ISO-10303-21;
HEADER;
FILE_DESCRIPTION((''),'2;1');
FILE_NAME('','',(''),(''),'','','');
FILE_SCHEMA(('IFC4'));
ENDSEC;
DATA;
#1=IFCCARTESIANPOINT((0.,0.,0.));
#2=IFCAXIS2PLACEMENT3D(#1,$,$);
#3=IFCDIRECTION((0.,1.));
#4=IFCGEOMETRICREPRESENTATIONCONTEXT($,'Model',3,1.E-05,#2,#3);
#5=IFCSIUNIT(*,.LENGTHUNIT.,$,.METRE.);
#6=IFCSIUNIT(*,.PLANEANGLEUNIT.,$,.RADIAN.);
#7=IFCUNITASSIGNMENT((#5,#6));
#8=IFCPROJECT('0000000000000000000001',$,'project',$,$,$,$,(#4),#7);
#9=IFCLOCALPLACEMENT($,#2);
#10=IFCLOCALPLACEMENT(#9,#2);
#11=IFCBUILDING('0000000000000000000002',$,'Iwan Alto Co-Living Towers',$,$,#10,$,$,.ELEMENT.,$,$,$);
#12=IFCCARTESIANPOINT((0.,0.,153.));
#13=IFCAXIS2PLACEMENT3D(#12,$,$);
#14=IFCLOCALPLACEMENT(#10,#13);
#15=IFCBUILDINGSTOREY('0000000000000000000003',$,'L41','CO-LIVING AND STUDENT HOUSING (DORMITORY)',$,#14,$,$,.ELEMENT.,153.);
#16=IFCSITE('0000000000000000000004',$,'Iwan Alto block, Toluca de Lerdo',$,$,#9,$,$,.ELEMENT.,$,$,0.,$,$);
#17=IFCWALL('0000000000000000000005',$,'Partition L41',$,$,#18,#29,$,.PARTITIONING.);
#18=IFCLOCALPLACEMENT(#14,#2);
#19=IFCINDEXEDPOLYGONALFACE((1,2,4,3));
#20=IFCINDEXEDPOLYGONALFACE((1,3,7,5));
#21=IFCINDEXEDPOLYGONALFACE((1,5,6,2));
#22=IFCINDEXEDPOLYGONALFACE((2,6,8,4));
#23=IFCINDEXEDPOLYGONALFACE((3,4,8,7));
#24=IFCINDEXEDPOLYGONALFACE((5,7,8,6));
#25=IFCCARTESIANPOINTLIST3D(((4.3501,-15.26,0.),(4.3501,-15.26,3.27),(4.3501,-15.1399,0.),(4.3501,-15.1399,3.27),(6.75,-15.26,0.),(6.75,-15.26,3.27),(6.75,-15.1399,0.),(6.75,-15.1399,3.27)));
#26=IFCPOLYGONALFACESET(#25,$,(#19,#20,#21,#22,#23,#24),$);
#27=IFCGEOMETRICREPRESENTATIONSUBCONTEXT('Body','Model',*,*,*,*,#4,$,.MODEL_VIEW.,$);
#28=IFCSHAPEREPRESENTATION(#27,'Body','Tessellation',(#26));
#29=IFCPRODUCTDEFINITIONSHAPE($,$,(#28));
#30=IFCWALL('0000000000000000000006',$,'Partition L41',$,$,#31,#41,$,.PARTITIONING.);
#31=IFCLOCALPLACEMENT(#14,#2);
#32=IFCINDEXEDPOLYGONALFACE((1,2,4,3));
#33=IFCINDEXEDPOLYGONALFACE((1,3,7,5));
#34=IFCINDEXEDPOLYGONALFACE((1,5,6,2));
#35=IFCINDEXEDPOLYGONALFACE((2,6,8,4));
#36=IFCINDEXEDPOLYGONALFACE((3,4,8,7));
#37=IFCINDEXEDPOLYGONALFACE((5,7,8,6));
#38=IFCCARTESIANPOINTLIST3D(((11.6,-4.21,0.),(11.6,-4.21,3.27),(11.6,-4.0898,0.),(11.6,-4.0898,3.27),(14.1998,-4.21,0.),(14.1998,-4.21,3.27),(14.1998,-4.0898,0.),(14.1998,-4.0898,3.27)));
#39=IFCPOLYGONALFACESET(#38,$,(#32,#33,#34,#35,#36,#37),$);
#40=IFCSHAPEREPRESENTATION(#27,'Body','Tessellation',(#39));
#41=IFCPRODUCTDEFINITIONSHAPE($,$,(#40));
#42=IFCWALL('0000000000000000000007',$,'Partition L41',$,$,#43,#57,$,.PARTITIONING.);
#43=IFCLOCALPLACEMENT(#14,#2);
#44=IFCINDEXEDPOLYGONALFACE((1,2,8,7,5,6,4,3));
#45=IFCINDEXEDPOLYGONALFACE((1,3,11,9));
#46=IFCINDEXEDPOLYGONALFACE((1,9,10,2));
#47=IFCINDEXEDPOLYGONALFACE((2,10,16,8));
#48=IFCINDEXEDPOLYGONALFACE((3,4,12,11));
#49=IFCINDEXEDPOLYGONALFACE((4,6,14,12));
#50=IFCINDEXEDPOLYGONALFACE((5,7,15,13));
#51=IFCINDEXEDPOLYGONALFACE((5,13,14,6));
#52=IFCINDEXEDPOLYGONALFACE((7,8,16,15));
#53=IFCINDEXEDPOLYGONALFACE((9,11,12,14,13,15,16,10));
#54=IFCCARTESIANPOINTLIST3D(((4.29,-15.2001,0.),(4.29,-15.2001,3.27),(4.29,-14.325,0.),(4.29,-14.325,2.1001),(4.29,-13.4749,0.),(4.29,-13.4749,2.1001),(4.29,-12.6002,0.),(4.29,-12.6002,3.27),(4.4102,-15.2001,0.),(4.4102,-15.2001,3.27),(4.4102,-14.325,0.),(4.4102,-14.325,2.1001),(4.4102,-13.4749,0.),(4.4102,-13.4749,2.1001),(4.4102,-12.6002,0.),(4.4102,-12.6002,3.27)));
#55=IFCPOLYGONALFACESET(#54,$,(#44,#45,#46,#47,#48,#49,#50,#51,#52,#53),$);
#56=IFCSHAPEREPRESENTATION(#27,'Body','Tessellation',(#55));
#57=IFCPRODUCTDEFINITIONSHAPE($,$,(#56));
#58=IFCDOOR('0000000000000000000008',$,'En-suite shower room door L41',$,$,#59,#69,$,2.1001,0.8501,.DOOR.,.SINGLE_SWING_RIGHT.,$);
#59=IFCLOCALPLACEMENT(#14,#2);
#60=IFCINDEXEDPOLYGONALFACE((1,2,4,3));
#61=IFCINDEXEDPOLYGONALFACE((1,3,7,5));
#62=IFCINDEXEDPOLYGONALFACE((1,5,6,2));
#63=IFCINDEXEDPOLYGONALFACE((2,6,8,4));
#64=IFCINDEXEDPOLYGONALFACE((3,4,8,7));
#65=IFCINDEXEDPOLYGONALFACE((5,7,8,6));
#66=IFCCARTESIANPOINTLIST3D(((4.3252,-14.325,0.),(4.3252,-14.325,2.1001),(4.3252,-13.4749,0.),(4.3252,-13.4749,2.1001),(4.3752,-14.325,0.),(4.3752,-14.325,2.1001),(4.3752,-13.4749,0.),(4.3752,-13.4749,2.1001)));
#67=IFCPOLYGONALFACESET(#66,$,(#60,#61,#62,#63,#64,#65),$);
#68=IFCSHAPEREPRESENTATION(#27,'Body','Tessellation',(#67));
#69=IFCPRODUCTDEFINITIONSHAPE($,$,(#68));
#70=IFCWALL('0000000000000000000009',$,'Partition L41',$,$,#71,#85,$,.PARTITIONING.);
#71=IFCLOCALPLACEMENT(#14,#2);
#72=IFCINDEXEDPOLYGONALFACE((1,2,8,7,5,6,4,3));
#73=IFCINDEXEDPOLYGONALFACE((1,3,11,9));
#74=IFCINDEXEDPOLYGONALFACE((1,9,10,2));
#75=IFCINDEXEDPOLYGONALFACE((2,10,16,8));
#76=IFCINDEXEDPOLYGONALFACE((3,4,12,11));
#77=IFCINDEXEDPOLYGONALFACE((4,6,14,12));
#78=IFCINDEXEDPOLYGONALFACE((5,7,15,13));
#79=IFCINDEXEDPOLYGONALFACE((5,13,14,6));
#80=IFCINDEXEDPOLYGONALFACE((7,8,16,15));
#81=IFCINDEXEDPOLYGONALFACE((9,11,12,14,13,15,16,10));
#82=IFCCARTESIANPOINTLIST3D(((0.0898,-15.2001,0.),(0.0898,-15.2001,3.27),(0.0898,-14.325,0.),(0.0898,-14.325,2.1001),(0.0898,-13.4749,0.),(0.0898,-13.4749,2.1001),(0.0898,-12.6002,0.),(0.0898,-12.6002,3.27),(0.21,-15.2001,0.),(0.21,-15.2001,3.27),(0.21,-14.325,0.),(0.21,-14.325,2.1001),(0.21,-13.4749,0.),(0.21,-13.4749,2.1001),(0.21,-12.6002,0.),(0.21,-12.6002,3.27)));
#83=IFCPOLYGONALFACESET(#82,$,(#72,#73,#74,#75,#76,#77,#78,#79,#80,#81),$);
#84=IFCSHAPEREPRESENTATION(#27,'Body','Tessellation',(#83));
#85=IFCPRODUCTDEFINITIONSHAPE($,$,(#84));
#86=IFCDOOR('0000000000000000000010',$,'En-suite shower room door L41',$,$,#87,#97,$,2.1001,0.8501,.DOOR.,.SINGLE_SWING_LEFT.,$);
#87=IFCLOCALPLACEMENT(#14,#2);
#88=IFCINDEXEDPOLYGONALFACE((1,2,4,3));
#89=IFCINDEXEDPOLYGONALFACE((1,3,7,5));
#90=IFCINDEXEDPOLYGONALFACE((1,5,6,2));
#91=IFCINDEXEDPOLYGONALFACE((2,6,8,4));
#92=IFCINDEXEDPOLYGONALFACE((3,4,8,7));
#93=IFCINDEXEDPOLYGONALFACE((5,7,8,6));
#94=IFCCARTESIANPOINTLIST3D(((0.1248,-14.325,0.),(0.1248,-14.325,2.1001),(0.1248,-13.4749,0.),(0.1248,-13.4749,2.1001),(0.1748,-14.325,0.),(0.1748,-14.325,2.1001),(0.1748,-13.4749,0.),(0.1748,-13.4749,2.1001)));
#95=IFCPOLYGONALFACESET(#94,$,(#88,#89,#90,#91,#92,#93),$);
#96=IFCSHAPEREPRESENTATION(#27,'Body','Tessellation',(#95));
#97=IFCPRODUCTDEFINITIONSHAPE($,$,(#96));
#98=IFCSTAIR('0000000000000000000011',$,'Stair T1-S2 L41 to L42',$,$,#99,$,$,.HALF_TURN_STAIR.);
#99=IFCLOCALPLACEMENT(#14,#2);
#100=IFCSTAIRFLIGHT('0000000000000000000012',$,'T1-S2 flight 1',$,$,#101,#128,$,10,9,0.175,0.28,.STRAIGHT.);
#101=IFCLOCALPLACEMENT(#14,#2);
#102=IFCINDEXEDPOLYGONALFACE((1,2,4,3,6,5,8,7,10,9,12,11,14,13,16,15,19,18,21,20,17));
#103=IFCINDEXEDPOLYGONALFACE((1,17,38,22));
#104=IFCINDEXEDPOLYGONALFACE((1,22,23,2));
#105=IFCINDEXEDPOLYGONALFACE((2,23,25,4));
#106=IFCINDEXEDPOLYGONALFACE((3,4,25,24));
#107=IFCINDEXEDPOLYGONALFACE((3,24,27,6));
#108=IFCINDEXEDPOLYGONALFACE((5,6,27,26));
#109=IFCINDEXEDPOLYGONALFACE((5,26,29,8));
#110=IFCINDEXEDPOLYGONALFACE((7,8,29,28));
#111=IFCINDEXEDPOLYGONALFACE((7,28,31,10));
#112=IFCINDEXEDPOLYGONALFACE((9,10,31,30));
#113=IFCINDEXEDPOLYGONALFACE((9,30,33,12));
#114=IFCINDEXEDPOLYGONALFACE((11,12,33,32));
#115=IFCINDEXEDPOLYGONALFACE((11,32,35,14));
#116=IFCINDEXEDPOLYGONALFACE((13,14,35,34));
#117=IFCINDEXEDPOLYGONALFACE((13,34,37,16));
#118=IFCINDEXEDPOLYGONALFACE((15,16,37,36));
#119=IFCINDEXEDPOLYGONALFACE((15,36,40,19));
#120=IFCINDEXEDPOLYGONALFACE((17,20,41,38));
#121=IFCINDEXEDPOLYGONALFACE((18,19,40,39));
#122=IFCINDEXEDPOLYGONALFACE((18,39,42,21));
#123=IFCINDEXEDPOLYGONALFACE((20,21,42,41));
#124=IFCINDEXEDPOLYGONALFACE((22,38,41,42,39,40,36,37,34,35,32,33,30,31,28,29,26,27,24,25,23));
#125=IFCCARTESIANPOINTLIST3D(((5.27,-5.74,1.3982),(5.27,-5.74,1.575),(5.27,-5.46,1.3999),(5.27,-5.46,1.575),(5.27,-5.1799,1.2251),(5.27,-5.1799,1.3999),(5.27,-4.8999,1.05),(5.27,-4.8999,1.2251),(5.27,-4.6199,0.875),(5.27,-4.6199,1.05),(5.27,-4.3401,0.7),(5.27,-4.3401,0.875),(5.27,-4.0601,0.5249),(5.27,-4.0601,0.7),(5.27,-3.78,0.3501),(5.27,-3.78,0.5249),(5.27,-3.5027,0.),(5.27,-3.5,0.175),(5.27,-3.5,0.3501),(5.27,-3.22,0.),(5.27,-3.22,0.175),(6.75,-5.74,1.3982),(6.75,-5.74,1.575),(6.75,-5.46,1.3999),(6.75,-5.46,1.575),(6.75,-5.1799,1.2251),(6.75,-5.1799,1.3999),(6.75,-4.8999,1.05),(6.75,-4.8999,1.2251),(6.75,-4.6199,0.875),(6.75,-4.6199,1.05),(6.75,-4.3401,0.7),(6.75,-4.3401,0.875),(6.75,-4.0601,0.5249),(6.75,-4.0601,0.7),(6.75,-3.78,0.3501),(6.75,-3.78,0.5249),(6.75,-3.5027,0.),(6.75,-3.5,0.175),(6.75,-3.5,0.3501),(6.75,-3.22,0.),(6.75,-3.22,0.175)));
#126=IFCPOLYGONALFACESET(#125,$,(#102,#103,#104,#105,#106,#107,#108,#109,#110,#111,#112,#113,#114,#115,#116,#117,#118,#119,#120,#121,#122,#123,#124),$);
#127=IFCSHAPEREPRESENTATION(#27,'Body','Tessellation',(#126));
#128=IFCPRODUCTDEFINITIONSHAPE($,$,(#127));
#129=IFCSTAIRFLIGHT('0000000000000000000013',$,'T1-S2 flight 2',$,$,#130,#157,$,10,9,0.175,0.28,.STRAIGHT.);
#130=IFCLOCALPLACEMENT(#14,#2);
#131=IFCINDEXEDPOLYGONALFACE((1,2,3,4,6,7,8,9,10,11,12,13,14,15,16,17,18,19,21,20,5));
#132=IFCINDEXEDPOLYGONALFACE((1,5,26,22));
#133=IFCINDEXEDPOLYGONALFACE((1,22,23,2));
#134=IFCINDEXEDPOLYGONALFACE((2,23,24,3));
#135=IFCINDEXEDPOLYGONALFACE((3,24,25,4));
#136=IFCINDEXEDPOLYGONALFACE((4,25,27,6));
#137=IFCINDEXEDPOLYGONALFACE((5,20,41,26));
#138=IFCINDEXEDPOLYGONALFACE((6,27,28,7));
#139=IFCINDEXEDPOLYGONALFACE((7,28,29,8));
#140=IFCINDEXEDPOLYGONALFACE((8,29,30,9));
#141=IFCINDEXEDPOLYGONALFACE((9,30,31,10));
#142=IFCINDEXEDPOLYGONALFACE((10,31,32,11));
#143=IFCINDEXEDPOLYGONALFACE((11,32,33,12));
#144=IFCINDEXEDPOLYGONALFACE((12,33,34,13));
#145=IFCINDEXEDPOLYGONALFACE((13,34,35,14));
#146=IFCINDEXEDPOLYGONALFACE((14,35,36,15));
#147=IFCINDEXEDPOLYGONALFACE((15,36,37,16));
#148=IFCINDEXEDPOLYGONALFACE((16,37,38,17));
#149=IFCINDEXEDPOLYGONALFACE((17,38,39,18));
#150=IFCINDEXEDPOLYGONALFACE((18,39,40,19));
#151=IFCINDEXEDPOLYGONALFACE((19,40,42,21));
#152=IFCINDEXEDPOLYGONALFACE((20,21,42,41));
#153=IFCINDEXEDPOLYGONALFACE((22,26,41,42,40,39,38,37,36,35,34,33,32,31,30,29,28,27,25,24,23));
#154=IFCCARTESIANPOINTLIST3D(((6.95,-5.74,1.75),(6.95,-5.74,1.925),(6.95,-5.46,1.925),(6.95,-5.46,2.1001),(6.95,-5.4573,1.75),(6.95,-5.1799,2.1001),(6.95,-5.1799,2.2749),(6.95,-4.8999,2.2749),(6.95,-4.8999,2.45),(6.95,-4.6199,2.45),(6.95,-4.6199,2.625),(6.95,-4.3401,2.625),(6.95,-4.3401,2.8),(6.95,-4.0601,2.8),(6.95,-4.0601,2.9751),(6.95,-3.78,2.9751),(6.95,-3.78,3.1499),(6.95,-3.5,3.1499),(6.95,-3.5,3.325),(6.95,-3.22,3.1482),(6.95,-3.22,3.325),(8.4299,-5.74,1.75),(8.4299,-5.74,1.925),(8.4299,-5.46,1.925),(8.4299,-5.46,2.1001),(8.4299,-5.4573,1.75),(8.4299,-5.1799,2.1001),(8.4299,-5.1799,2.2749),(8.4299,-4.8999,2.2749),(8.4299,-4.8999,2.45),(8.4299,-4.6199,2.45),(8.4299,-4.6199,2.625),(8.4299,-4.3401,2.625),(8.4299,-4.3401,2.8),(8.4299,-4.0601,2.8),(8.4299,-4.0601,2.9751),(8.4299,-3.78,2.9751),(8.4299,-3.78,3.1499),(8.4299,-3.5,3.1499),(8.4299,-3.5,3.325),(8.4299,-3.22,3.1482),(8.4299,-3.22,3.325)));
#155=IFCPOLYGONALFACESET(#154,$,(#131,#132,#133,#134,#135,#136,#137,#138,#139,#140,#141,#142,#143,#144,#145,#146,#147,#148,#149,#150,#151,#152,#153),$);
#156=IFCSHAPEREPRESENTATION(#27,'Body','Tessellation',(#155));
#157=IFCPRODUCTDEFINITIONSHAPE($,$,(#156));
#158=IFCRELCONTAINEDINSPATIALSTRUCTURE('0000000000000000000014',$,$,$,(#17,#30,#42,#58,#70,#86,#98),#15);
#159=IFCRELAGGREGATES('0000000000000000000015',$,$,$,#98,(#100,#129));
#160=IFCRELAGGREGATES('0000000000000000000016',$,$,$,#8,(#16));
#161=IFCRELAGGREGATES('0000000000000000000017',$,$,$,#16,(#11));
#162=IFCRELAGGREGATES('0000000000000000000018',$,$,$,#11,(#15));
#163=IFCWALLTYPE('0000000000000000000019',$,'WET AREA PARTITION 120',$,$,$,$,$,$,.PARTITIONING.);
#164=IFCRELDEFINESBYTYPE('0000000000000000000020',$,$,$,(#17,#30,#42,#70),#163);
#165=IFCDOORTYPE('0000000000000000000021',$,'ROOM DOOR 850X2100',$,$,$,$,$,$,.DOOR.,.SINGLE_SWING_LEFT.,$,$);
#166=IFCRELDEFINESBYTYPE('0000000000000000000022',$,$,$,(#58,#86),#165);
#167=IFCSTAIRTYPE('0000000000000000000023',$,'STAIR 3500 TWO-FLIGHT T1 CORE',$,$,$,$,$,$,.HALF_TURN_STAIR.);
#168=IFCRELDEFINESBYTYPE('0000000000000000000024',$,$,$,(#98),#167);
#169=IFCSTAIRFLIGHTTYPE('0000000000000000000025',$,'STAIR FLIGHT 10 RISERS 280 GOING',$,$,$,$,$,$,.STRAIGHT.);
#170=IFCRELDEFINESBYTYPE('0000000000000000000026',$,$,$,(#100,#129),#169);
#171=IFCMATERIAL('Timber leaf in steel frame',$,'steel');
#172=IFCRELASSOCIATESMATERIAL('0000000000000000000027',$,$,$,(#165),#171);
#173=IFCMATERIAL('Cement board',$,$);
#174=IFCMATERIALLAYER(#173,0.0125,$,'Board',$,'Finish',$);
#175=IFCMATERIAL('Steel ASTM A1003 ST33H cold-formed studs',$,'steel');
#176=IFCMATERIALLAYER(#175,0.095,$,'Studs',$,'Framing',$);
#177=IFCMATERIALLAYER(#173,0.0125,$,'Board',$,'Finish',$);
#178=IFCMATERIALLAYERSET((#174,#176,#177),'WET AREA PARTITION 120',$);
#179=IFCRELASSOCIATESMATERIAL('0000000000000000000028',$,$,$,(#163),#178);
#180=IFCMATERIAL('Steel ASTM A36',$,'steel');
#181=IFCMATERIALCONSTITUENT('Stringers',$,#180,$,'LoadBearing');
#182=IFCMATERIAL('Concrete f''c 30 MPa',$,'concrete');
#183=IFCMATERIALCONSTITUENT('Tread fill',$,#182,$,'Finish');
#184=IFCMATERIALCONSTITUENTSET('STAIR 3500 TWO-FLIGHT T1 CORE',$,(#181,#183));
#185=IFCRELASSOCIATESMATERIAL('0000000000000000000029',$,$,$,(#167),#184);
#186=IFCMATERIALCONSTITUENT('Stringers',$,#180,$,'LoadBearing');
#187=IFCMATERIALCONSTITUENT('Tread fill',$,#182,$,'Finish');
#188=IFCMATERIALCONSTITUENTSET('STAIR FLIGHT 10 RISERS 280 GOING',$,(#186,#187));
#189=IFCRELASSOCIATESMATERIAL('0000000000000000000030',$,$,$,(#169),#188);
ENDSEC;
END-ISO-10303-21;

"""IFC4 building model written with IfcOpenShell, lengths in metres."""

from ifc_helpers import new_model, si_unit, direction, frame, frame_2d, origin, place, context, subcontext, project, spatial, polyline, rectangle, outline, extrude, material, layer, layer_set, constituent, constituent_set, type_object, element, fill, aggregate, save


model = new_model("IFC4")

# Units and contexts
model_context = context("Model", 3, precision=1e-05, world=origin(), true_north=direction((0.0, 1.0)))
body_context = subcontext(model_context, "Body", "Model", "MODEL_VIEW")
ifc_project = project(units=[si_unit("LENGTHUNIT", "METRE"), si_unit("PLANEANGLEUNIT", "RADIAN")], contexts=[model_context])

# Site, building, storey
site_placement = place(None, origin())
site = spatial("IfcSite", under=ifc_project, at=site_placement, Name="Iwan Alto block, Toluca de Lerdo", CompositionType="ELEMENT", RefElevation=0.0)
building_placement = place(site_placement, origin())
building = spatial("IfcBuilding", under=site, at=building_placement, Name="Iwan Alto Co-Living Towers", CompositionType="ELEMENT")
storey_placement = place(building_placement, frame((0.0, 0.0, 153.0)))
storey = spatial("IfcBuildingStorey", under=building, at=storey_placement, Name="L41", Description="CO-LIVING AND STUDENT HOUSING (DORMITORY)", CompositionType="ELEMENT", Elevation=153.0)

# Shared definitions
ifc_material_1 = material(Name="Steel ASTM A1003 ST33H cold-formed studs", Category="steel")

# Shared definitions
ifc_material_2 = material(Name="Timber leaf in steel frame", Category="steel")
door_type_1 = type_object("IfcDoorType", Name="ROOM DOOR 850X2100", OperationType="SINGLE_SWING_LEFT", PredefinedType="DOOR", material=ifc_material_2)

# Walls
ifc_material_3 = material(Name="Cement board")
ifc_layer_1 = layer(ifc_material_3, 0.0125, Name="Board", Category="Finish")
ifc_layer_2 = layer(ifc_material_1, 0.095, Name="Studs", Category="Framing")
ifc_layer_3 = layer(ifc_material_3, 0.0125, Name="Board", Category="Finish")
ifc_layer_set_1 = layer_set([ifc_layer_1, ifc_layer_2, ifc_layer_3], Name="WET AREA PARTITION 120")
wall_type_1 = type_object("IfcWallType", Name="WET AREA PARTITION 120", PredefinedType="PARTITIONING", material=ifc_layer_set_1)
wall_1_placement = place(storey_placement, frame((4.3501, -15.2, 0.0), z_axis=(0.0, 0.0, 1.0), x_axis=(1.0, 0.0, 0.0)))
element("IfcWall", 1, at=wall_1_placement, inside=storey, type_object=wall_type_1, Name="Partition L41", PredefinedType="PARTITIONING", context=body_context, shape_type="SweptSolid", body=[
    extrude(rectangle(XDim=2.3999, YDim=0.1201, at=frame_2d((1.2, 0.0))), origin(), (0.0, 0.0, 1.0), 3.27),
])
wall_2_placement = place(storey_placement, frame((11.6001, -4.1499, 0.0), z_axis=(0.0, 0.0, 1.0), x_axis=(1.0, 0.0, 0.0)))
element("IfcWall", 2, at=wall_2_placement, inside=storey, type_object=wall_type_1, Name="Partition L41", PredefinedType="PARTITIONING", context=body_context, shape_type="SweptSolid", body=[
    extrude(rectangle(XDim=2.5999, YDim=0.1201, at=frame_2d((1.2998, 0.0))), origin(), (0.0, 0.0, 1.0), 3.27),
])

# Walls, openings, doors
wall_3_placement = place(storey_placement, frame((4.3501, -15.2, 0.0), z_axis=(0.0, 0.0, 1.0), x_axis=(0.0, 1.0, 0.0)))
wall_3 = element("IfcWall", 3, at=wall_3_placement, inside=storey, type_object=wall_type_1, Name="Partition L41", PredefinedType="PARTITIONING", context=body_context, shape_type="SweptSolid", body=[
    extrude(rectangle(XDim=2.5999, YDim=0.1201, at=frame_2d((1.2998, 0.0))), origin(), (0.0, 0.0, 1.0), 3.27),
])
opening_1_placement = place(wall_3_placement, frame((0.875, 0.0, 0.0)))
opening_1 = element("IfcOpeningElement", 4, at=opening_1_placement, cuts=wall_3, PredefinedType="OPENING", context=body_context, shape_type="SweptSolid", body=[
    extrude(rectangle(XDim=0.8501, YDim=2.1001, at=frame_2d((0.425, 1.05))), frame((0.0, 0.0701, 0.0), z_axis=(0.0, -1.0, 0.0), x_axis=(1.0, 0.0, 0.0)), (0.0, 0.0, 1.0), 0.1401),
])
door_1_placement = place(opening_1_placement, origin())
door_1 = element("IfcDoor", 5, at=door_1_placement, inside=storey, type_object=door_type_1, Name="En-suite shower room door L41", OperationType="SINGLE_SWING_RIGHT", OverallHeight=2.1001, OverallWidth=0.8501, PredefinedType="DOOR", context=body_context, shape_type="SweptSolid", body=[
    extrude(rectangle(XDim=0.8501, YDim=2.1001, at=frame_2d((0.425, 1.05))), frame((0.0, 0.0249, 0.0), z_axis=(0.0, -1.0, 0.0), x_axis=(1.0, 0.0, 0.0)), (0.0, 0.0, 1.0), 0.05),
])
fill(opening_1, door_1)
wall_4_placement = place(storey_placement, frame((0.1499, -15.2, 0.0), z_axis=(0.0, 0.0, 1.0), x_axis=(0.0, 1.0, 0.0)))
wall_4 = element("IfcWall", 6, at=wall_4_placement, inside=storey, type_object=wall_type_1, Name="Partition L41", PredefinedType="PARTITIONING", context=body_context, shape_type="SweptSolid", body=[
    extrude(rectangle(XDim=2.5999, YDim=0.1201, at=frame_2d((1.2998, 0.0))), origin(), (0.0, 0.0, 1.0), 3.27),
])
opening_2_placement = place(wall_4_placement, frame((0.875, 0.0, 0.0)))
opening_2 = element("IfcOpeningElement", 7, at=opening_2_placement, cuts=wall_4, PredefinedType="OPENING", context=body_context, shape_type="SweptSolid", body=[
    extrude(rectangle(XDim=0.8501, YDim=2.1001, at=frame_2d((0.425, 1.05))), frame((0.0, 0.0701, 0.0), z_axis=(0.0, -1.0, 0.0), x_axis=(1.0, 0.0, 0.0)), (0.0, 0.0, 1.0), 0.1401),
])
door_2_placement = place(opening_2_placement, frame((0.8501, 0.0, 0.0), z_axis=(0.0, 0.0, 1.0), x_axis=(-1.0, 0.0, 0.0)))
door_2 = element("IfcDoor", 8, at=door_2_placement, inside=storey, type_object=door_type_1, Name="En-suite shower room door L41", OperationType="SINGLE_SWING_LEFT", OverallHeight=2.1001, OverallWidth=0.8501, PredefinedType="DOOR", context=body_context, shape_type="SweptSolid", body=[
    extrude(rectangle(XDim=0.8501, YDim=2.1001, at=frame_2d((0.425, 1.05))), frame((0.0, 0.0249, 0.0), z_axis=(0.0, -1.0, 0.0), x_axis=(1.0, 0.0, 0.0)), (0.0, 0.0, 1.0), 0.05),
])
fill(opening_2, door_2)

# Stair, stair flights
ifc_material_4 = material(Name="Steel ASTM A36", Category="steel")
ifc_constituent_1 = constituent(ifc_material_4, Name="Stringers", Category="LoadBearing")
ifc_material_5 = material(Name="Concrete f'c 30 MPa", Category="concrete")
ifc_constituent_2 = constituent(ifc_material_5, Name="Tread fill", Category="Finish")
ifc_constituent_set_1 = constituent_set(constituents=[ifc_constituent_1, ifc_constituent_2], Name="STAIR 3500 TWO-FLIGHT T1 CORE")
stair_type = type_object("IfcStairType", Name="STAIR 3500 TWO-FLIGHT T1 CORE", PredefinedType="HALF_TURN_STAIR", material=ifc_constituent_set_1)
stair_placement = place(storey_placement, origin())
stair = element("IfcStair", 9, at=stair_placement, inside=storey, type_object=stair_type, Name="Stair T1-S2 L41 to L42", PredefinedType="HALF_TURN_STAIR")
ifc_constituent_3 = constituent(ifc_material_4, Name="Stringers", Category="LoadBearing")
ifc_constituent_4 = constituent(ifc_material_5, Name="Tread fill", Category="Finish")
ifc_constituent_set_2 = constituent_set(constituents=[ifc_constituent_3, ifc_constituent_4], Name="STAIR FLIGHT 10 RISERS 280 GOING")
stair_flight_type = type_object("IfcStairFlightType", Name="STAIR FLIGHT 10 RISERS 280 GOING", PredefinedType="STRAIGHT", material=ifc_constituent_set_2)
stair_flight_1_placement = place(storey_placement, frame((6.01, -3.22, 0.0), z_axis=(0.0, 0.0, 1.0), x_axis=(0.0, -1.0, 0.0)))
stair_flight_1 = element("IfcStairFlight", 10, at=stair_flight_1_placement, type_object=stair_flight_type, Name="T1-S2 flight 1", NumberOfRisers=10, NumberOfTreads=9, PredefinedType="STRAIGHT", RiserHeight=0.175, TreadLength=0.28, context=body_context, shape_type="SweptSolid", body=[
    extrude(outline(polyline([(0.0, 0.0), (0.0, 0.175), (0.28, 0.175), (0.28, 0.3501), (0.5601, 0.3501), (0.5601, 0.5249), (0.8401, 0.5249), (0.8401, 0.7), (1.1201, 0.7), (1.1201, 0.875), (1.3999, 0.875), (1.3999, 1.05), (1.6799, 1.05), (1.6799, 1.2251), (1.96, 1.2251), (1.96, 1.3999), (2.24, 1.3999), (2.24, 1.575), (2.52, 1.575), (2.52, 1.75), (2.52, 1.3982), (0.2827, 0.0), (0.0, 0.0)])), frame((0.0, 0.74, 0.0), z_axis=(0.0, -1.0, 0.0), x_axis=(1.0, 0.0, 0.0)), (0.0, 0.0, 1.0), 1.48),
])
stair_flight_2_placement = place(storey_placement, frame((7.6899, -5.74, 1.75), z_axis=(0.0, 0.0, 1.0), x_axis=(0.0, 1.0, 0.0)))
stair_flight_2 = element("IfcStairFlight", 11, at=stair_flight_2_placement, type_object=stair_flight_type, Name="T1-S2 flight 2", NumberOfRisers=10, NumberOfTreads=9, PredefinedType="STRAIGHT", RiserHeight=0.175, TreadLength=0.28, context=body_context, shape_type="SweptSolid", body=[
    extrude(outline(polyline([(0.0, 0.0), (0.0, 0.175), (0.28, 0.175), (0.28, 0.3501), (0.5601, 0.3501), (0.5601, 0.5249), (0.8401, 0.5249), (0.8401, 0.7), (1.1201, 0.7), (1.1201, 0.875), (1.3999, 0.875), (1.3999, 1.05), (1.6799, 1.05), (1.6799, 1.2251), (1.96, 1.2251), (1.96, 1.3999), (2.24, 1.3999), (2.24, 1.575), (2.52, 1.575), (2.52, 1.75), (2.52, 1.3982), (0.2827, 0.0), (0.0, 0.0)])), frame((0.0, 0.74, 0.0), z_axis=(0.0, -1.0, 0.0), x_axis=(1.0, 0.0, 0.0)), (0.0, 0.0, 1.0), 1.48),
])
aggregate(stair, [stair_flight_1, stair_flight_2])

save(model, "model.ifc")
